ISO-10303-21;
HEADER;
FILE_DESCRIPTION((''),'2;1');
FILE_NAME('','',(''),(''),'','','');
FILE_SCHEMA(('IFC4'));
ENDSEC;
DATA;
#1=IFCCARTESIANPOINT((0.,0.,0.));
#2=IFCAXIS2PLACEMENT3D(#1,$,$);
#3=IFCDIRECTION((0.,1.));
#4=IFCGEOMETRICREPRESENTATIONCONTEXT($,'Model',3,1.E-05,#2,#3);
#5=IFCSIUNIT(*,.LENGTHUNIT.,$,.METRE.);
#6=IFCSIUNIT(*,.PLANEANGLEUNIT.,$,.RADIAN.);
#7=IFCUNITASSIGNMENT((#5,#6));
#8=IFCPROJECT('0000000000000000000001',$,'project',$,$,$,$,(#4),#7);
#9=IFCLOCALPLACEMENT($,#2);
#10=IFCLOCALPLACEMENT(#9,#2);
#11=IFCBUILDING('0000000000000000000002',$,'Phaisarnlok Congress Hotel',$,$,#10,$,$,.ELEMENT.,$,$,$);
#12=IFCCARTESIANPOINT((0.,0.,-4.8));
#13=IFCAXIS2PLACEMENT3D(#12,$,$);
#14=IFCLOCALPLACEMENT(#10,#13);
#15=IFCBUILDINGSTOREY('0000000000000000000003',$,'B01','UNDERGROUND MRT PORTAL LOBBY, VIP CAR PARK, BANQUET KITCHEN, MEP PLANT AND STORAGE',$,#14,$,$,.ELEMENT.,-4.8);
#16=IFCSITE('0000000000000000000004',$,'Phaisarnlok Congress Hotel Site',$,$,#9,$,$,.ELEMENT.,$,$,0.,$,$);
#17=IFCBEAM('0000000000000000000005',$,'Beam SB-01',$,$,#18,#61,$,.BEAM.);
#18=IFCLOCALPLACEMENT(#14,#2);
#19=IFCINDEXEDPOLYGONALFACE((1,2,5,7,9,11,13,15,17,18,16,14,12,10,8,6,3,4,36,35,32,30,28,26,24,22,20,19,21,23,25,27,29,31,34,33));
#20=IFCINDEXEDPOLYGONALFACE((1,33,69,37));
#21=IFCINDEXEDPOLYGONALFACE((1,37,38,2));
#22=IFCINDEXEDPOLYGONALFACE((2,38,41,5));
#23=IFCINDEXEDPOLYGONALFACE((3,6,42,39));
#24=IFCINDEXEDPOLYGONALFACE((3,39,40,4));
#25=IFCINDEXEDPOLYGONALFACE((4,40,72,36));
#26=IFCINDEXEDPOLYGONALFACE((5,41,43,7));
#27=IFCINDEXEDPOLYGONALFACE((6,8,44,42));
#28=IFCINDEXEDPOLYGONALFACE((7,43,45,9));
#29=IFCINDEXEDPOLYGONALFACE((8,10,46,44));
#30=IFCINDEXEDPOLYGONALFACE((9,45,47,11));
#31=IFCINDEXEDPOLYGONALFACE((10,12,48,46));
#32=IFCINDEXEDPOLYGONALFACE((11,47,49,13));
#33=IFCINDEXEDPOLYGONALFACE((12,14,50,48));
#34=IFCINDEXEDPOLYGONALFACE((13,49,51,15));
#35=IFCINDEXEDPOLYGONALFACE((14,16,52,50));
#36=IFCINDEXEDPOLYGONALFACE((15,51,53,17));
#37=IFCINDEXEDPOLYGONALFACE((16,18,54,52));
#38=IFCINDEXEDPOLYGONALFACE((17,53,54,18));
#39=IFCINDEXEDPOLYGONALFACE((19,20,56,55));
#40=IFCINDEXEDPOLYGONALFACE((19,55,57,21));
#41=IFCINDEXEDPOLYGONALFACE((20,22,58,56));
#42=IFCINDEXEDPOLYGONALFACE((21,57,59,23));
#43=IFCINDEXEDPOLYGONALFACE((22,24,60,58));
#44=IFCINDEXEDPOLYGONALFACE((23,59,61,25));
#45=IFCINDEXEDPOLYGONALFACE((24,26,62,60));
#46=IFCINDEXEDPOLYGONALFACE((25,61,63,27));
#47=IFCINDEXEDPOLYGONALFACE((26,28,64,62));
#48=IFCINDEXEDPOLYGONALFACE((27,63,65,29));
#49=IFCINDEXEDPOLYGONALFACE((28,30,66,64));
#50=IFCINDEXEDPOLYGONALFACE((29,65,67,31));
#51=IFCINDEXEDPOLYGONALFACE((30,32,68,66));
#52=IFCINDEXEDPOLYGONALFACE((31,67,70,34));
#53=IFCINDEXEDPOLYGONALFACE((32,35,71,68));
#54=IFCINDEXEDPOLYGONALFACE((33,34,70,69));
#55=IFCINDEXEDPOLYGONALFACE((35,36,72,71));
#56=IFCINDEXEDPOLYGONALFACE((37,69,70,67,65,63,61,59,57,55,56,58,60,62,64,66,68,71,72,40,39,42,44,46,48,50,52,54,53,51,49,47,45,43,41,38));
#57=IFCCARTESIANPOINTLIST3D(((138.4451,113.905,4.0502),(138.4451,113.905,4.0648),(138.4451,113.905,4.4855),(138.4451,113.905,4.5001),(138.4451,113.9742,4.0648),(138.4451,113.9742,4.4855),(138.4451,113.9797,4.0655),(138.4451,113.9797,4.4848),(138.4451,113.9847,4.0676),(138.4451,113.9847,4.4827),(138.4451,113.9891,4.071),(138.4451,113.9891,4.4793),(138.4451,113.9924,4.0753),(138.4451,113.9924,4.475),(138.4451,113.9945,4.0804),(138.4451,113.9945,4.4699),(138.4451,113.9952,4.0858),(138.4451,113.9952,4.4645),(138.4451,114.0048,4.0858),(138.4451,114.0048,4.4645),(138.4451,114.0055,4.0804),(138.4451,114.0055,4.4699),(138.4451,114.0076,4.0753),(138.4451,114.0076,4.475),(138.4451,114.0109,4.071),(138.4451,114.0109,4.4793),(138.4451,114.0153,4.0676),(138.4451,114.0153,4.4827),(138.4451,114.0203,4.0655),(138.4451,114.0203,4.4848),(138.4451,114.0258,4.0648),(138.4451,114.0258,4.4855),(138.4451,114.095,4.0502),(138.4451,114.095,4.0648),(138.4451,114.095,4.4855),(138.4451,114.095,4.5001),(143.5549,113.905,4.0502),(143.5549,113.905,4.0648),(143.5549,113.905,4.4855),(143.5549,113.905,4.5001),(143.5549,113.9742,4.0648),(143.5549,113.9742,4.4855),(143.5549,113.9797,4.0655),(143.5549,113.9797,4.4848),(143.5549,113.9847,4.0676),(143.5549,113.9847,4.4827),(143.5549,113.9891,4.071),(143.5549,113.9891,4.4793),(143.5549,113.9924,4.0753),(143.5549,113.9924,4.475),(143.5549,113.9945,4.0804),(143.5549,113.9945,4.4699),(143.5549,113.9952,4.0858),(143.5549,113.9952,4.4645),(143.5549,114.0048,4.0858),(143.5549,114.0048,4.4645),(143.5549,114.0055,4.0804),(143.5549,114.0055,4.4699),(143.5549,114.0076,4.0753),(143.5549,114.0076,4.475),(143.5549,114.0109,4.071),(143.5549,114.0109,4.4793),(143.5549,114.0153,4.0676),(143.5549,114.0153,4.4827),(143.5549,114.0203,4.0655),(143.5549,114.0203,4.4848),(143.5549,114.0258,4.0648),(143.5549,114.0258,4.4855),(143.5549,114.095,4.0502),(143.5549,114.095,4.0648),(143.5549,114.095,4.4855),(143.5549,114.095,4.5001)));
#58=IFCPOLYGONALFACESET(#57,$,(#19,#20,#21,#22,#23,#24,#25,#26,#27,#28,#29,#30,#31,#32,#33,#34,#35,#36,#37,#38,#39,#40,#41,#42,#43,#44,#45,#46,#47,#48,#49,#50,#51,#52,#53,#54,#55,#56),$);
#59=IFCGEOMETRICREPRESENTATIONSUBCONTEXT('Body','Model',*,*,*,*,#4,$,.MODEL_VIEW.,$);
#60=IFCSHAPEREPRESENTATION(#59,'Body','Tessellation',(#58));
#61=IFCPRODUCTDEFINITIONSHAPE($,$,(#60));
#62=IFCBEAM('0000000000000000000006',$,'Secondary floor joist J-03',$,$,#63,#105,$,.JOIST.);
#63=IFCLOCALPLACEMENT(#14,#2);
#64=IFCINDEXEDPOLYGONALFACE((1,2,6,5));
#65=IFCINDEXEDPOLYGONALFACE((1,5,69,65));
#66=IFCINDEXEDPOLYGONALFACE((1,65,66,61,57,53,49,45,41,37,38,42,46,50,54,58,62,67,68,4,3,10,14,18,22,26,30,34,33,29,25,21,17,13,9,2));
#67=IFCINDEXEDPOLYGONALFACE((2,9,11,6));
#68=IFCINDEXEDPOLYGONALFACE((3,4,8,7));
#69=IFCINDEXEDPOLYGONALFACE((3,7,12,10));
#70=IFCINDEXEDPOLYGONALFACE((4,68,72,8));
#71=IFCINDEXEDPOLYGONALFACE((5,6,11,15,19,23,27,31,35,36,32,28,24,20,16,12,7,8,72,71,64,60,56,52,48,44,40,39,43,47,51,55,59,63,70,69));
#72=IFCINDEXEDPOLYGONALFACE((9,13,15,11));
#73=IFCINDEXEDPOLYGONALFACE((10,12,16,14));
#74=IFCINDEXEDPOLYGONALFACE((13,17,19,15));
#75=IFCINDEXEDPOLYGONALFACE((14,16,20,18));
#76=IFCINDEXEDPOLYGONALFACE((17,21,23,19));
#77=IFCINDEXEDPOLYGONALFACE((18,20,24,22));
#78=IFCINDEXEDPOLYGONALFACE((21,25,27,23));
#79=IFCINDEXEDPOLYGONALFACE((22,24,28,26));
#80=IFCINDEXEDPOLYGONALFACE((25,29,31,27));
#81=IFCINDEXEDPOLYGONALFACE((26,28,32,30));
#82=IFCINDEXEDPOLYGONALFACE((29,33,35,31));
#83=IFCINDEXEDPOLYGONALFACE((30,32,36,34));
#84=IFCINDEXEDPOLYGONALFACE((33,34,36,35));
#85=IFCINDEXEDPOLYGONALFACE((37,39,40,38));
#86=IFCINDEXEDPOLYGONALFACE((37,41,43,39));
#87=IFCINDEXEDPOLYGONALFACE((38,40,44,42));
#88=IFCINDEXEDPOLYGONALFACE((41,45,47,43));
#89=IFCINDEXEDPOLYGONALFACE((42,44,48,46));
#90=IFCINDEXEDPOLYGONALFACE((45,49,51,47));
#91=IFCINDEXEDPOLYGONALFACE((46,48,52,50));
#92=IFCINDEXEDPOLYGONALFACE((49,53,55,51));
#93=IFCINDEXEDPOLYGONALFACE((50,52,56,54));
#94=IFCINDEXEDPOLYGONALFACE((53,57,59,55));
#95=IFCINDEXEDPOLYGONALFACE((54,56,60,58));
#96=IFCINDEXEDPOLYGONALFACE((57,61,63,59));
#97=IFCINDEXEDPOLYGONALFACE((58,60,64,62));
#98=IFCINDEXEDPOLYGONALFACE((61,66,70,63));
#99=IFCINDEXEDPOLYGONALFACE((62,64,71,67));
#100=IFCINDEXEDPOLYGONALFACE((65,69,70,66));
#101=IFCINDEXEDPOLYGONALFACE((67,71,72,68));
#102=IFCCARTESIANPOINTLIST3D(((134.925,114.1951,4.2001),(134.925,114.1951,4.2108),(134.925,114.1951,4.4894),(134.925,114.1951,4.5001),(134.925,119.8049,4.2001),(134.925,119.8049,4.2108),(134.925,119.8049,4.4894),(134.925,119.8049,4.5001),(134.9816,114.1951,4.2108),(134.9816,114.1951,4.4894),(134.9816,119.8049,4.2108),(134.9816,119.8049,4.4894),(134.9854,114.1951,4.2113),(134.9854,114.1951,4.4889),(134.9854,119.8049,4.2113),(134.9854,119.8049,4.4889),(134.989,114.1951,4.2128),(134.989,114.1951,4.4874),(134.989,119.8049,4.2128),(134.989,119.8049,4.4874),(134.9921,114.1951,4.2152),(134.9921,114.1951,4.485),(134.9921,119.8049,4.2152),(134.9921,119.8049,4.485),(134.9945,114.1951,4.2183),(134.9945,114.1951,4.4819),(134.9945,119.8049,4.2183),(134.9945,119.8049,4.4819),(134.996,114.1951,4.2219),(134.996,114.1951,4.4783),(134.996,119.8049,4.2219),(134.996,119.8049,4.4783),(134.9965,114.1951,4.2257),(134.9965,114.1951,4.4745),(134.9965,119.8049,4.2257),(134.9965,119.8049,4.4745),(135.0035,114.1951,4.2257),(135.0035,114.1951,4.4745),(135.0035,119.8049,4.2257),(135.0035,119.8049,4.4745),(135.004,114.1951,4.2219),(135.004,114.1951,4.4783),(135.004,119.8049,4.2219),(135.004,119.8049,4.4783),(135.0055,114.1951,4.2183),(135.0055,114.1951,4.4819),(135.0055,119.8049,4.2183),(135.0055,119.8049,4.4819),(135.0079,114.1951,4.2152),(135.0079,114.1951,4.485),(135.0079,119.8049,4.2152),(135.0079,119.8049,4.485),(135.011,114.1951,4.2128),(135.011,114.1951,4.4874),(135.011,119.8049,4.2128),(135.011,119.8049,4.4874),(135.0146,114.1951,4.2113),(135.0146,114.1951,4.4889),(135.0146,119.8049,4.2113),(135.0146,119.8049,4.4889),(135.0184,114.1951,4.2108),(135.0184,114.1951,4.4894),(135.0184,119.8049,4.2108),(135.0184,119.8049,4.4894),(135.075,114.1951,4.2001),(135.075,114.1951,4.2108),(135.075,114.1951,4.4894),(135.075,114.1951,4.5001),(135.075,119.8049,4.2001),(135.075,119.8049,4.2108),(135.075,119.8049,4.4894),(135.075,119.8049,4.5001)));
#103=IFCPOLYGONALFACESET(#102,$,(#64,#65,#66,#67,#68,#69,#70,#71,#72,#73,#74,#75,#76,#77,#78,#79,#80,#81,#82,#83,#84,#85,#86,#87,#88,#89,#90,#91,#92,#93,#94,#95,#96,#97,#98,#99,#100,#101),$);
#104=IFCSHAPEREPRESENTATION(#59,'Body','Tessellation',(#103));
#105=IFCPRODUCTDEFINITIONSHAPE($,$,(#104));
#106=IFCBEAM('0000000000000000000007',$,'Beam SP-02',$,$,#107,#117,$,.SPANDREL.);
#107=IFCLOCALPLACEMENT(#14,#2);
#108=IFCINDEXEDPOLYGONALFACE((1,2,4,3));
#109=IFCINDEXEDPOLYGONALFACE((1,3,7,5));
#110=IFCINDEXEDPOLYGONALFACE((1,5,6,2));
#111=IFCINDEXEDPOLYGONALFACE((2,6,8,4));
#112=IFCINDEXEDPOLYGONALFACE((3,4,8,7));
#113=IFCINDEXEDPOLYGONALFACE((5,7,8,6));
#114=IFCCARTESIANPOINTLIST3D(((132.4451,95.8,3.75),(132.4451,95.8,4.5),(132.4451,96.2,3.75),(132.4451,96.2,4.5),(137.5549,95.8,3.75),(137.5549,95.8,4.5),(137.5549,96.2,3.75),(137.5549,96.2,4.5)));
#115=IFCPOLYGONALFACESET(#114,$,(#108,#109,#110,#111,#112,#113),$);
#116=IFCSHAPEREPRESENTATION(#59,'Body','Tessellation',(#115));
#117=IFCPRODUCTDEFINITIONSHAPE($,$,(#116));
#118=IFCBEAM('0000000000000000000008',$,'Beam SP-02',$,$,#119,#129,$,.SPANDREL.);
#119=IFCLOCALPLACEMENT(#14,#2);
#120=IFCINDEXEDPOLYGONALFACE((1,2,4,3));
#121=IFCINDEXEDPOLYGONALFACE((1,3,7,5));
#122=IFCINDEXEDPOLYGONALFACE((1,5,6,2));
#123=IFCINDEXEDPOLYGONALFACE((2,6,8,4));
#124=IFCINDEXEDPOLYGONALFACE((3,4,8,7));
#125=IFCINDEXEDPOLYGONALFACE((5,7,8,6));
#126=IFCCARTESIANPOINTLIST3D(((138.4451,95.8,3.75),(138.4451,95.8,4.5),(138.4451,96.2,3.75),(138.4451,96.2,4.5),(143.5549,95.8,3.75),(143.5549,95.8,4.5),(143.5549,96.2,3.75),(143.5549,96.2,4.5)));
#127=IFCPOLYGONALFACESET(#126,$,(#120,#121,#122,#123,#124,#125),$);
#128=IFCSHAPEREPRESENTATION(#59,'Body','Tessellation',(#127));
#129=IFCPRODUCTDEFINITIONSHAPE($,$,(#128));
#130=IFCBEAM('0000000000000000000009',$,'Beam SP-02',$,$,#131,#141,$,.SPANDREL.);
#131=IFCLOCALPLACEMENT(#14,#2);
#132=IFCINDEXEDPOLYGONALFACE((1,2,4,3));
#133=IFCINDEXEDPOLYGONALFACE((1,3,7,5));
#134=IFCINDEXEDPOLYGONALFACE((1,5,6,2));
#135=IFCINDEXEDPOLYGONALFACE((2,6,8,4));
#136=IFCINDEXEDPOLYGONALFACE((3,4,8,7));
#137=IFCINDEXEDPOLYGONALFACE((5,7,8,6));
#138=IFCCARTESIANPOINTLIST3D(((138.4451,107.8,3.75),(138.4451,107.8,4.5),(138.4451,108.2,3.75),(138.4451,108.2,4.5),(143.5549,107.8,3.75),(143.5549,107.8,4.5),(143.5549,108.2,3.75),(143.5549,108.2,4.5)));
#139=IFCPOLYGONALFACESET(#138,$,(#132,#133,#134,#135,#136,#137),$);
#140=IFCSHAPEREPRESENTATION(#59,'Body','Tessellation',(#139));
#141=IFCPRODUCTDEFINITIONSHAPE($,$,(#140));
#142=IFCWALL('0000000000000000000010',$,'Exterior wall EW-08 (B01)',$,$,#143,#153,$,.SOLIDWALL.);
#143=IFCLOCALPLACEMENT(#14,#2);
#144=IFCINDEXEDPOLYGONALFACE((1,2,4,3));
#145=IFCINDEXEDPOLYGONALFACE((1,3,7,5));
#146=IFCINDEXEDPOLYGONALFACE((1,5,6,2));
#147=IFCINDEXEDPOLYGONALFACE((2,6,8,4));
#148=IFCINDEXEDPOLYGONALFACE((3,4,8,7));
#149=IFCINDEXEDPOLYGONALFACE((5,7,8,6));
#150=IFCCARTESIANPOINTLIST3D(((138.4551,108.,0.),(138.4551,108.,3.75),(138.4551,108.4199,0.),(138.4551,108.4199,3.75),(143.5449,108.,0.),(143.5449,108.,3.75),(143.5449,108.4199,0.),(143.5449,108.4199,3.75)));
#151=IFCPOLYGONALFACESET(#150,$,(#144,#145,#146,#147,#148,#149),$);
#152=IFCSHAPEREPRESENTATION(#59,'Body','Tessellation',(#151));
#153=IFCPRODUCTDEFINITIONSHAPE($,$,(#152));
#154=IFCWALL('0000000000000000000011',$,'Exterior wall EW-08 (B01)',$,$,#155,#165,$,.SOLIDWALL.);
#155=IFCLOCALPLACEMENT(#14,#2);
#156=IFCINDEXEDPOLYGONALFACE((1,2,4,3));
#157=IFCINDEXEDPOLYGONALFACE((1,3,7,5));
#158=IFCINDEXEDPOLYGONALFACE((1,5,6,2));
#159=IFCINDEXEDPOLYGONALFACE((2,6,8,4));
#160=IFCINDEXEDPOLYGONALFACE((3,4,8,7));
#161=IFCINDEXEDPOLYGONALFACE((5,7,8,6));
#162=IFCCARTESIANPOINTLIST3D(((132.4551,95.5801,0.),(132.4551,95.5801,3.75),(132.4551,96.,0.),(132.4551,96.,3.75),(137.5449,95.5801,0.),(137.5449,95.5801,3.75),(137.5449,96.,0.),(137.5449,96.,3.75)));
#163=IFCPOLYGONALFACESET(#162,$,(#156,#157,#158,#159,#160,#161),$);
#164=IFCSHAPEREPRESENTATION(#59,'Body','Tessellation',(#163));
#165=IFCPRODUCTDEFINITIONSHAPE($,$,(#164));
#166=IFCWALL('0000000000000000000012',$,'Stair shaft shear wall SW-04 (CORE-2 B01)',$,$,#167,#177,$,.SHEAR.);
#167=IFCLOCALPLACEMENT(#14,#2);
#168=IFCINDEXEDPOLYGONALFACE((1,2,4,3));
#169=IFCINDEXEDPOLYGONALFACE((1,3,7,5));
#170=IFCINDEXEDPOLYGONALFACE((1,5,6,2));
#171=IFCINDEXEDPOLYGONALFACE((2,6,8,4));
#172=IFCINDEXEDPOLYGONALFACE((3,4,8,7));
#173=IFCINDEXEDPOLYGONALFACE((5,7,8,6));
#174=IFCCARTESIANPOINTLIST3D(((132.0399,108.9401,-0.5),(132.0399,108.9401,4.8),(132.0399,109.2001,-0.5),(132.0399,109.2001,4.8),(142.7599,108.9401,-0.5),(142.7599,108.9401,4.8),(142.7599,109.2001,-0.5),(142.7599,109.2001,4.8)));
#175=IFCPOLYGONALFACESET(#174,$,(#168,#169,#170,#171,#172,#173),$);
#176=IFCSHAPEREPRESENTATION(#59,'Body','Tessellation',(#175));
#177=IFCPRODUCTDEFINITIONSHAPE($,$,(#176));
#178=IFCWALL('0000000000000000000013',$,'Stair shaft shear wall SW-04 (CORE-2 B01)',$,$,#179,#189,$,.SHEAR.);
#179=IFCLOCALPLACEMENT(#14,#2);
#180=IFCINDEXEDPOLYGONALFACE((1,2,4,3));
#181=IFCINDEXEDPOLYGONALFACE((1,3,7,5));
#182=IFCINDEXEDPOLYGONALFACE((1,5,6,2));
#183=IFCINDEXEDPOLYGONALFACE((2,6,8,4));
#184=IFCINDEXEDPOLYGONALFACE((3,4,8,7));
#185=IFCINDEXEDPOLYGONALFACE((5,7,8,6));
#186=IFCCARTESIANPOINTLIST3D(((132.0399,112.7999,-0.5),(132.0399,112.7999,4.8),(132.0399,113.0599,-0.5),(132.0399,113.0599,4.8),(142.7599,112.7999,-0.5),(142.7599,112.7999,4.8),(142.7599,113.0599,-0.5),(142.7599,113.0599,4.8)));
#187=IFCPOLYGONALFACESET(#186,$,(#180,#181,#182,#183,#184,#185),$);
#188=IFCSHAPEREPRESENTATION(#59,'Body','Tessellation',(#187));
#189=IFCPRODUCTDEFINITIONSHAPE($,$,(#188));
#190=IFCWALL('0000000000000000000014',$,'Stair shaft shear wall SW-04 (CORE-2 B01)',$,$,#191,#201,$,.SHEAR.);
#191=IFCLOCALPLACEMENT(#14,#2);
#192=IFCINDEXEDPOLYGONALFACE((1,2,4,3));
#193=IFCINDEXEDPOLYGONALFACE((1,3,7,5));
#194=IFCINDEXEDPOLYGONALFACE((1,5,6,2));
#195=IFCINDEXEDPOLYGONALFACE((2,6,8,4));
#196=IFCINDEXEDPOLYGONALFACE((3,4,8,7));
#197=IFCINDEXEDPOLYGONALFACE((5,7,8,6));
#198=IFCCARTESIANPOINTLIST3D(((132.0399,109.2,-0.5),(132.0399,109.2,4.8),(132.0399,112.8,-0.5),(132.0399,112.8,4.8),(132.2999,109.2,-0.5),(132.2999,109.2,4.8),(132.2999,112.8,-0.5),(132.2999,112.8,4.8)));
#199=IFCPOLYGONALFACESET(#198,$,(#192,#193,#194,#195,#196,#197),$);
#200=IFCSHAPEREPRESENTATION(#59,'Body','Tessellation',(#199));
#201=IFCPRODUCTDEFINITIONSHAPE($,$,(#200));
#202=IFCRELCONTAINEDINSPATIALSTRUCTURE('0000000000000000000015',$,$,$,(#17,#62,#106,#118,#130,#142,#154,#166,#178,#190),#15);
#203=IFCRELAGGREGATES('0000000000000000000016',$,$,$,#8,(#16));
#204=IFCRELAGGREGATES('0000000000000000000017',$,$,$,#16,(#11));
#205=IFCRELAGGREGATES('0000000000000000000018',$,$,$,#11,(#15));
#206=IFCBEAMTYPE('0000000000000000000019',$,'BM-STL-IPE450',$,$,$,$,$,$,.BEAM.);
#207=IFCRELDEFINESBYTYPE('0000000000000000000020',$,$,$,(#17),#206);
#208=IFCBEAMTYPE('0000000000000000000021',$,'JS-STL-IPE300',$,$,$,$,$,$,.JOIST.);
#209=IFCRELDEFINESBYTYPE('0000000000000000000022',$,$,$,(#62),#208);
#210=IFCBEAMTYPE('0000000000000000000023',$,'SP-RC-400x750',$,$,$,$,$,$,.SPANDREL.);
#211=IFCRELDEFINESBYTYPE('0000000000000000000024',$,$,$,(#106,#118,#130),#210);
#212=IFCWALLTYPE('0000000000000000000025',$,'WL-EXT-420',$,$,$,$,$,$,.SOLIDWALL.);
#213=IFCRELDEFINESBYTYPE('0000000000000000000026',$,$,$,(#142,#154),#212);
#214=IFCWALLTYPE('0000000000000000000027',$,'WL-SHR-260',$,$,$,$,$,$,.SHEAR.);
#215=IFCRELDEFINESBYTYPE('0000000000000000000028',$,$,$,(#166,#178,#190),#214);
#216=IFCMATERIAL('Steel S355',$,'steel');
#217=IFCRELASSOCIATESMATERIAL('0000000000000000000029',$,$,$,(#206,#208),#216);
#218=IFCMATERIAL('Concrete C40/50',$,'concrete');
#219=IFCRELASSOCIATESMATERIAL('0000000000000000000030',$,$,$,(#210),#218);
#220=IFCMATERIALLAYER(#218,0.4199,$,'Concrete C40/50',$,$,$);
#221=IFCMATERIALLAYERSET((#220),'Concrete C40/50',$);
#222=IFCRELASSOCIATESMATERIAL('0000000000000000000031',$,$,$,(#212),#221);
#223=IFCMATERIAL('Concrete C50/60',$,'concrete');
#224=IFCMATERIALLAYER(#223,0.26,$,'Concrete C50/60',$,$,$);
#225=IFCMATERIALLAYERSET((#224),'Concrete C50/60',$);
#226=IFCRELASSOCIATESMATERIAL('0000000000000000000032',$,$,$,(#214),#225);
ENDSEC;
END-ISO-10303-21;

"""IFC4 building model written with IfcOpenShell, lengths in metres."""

from ifc_helpers import new_model, si_unit, direction, frame, frame_2d, origin, origin_2d, place, context, subcontext, project, spatial, rectangle, i_section, extrude, material, layer, layer_set, material_profile, profile_set, type_object, element, save


model = new_model("IFC4")

# Units and contexts
model_context = context("Model", 3, precision=1e-05, world=origin(), true_north=direction((0.0, 1.0)))
body_context = subcontext(model_context, "Body", "Model", "MODEL_VIEW")
ifc_project = project(units=[si_unit("LENGTHUNIT", "METRE"), si_unit("PLANEANGLEUNIT", "RADIAN")], contexts=[model_context])

# Site, building, storey
site_placement = place(None, origin())
site = spatial("IfcSite", under=ifc_project, at=site_placement, Name="Phaisarnlok Congress Hotel Site", CompositionType="ELEMENT", RefElevation=0.0)
building_placement = place(site_placement, origin())
building = spatial("IfcBuilding", under=site, at=building_placement, Name="Phaisarnlok Congress Hotel", CompositionType="ELEMENT")
storey_placement = place(building_placement, frame((0.0, 0.0, -4.8)))
storey = spatial("IfcBuildingStorey", under=building, at=storey_placement, Name="B01", Description="UNDERGROUND MRT PORTAL LOBBY, VIP CAR PARK, BANQUET KITCHEN, MEP PLANT AND STORAGE", CompositionType="ELEMENT", Elevation=-4.8)

# Shared definitions
ifc_material_1 = material(Name="Concrete C40/50", Category="concrete")

# Shared definitions
ifc_material_2 = material(Name="Concrete C50/60", Category="concrete")

# Beams
ifc_material_3 = material(Name="Steel S355", Category="steel")
ifc_material_profile_1 = material_profile(ifc_material_3, i_section(OverallWidth=0.1899, OverallDepth=0.45, WebThickness=0.0095, FlangeThickness=0.0146, FilletRadius=0.021, at=origin_2d()), Name="IPE 450")
ifc_profile_set_1 = profile_set([ifc_material_profile_1], Name="Steel S355")
beam_type_1 = type_object("IfcBeamType", Name="BM-STL-IPE450", PredefinedType="BEAM", material=ifc_profile_set_1)
beam_1_placement = place(storey_placement, frame((138.4451, 114.0, 4.2751), z_axis=(1.0, 0.0, 0.0), x_axis=(0.0, 1.0, 0.0)))
element("IfcBeam", 1, at=beam_1_placement, inside=storey, type_object=beam_type_1, Name="Beam SB-01", PredefinedType="BEAM", context=body_context, shape_type="SweptSolid", body=[
    extrude(i_section(OverallWidth=0.1899, OverallDepth=0.45, WebThickness=0.0095, FlangeThickness=0.0146, FilletRadius=0.021, at=origin_2d()), origin(), (0.0, 0.0, 1.0), 5.1099),
])
ifc_material_profile_2 = material_profile(ifc_material_3, i_section(OverallWidth=0.1499, OverallDepth=0.3, WebThickness=0.0071, FlangeThickness=0.0107, FilletRadius=0.0149, at=origin_2d()), Name="IPE 300")
ifc_profile_set_2 = profile_set([ifc_material_profile_2], Name="Steel S355")
beam_type_2 = type_object("IfcBeamType", Name="JS-STL-IPE300", PredefinedType="JOIST", material=ifc_profile_set_2)
beam_2_placement = place(storey_placement, frame((135.0, 114.1951, 4.3501), z_axis=(0.0, 1.0, 0.0), x_axis=(-1.0, 0.0, 0.0)))
element("IfcBeam", 2, at=beam_2_placement, inside=storey, type_object=beam_type_2, Name="Secondary floor joist J-03", PredefinedType="JOIST", context=body_context, shape_type="SweptSolid", body=[
    extrude(i_section(OverallWidth=0.1499, OverallDepth=0.3, WebThickness=0.0071, FlangeThickness=0.0107, FilletRadius=0.0149, at=origin_2d()), origin(), (0.0, 0.0, 1.0), 5.6099),
])
ifc_material_profile_3 = material_profile(ifc_material_1, rectangle(XDim=0.3999, YDim=0.75, at=origin_2d()), Name="RC 400x750")
ifc_profile_set_3 = profile_set([ifc_material_profile_3], Name="Concrete C40/50")
beam_type_3 = type_object("IfcBeamType", Name="SP-RC-400x750", PredefinedType="SPANDREL", material=ifc_profile_set_3)
for number, where, z_axis, x_axis, name in (
    (3, (132.4451, 96.0, 4.125), (1.0, 0.0, 0.0), (0.0, 1.0, 0.0), "Beam SP-02"),
    (4, (138.4451, 96.0, 4.125), (1.0, 0.0, 0.0), (0.0, 1.0, 0.0), "Beam SP-02"),
    (5, (138.4451, 108.0, 4.125), (1.0, 0.0, 0.0), (0.0, 1.0, 0.0), "Beam SP-02"),
):
    element("IfcBeam", number, at=place(storey_placement, frame(where, z_axis=z_axis, x_axis=x_axis)), inside=storey, type_object=beam_type_3, Name=name, PredefinedType="SPANDREL", context=body_context, shape_type="SweptSolid", body=[
        extrude(rectangle(XDim=0.3999, YDim=0.75, at=origin_2d()), origin(), (0.0, 0.0, 1.0), 5.1099),
    ])

# Walls
ifc_layer_1 = layer(ifc_material_1, 0.4199, Name="Concrete C40/50")
ifc_layer_set_1 = layer_set([ifc_layer_1], Name="Concrete C40/50")
wall_type_1 = type_object("IfcWallType", Name="WL-EXT-420", PredefinedType="SOLIDWALL", material=ifc_layer_set_1)
for number, where, z_axis, x_axis, name in (
    (6, (138.4551, 108.21, 0.0), (0.0, 0.0, 1.0), (1.0, 0.0, 0.0), "Exterior wall EW-08 (B01)"),
    (7, (137.5449, 95.79, 0.0), (0.0, 0.0, 1.0), (-1.0, 0.0, 0.0), "Exterior wall EW-08 (B01)"),
):
    element("IfcWall", number, at=place(storey_placement, frame(where, z_axis=z_axis, x_axis=x_axis)), inside=storey, type_object=wall_type_1, Name=name, PredefinedType="SOLIDWALL", context=body_context, shape_type="SweptSolid", body=[
        extrude(rectangle(XDim=5.0898, YDim=0.4199, at=frame_2d((2.5449, 0.0))), origin(), (0.0, 0.0, 1.0), 3.75),
    ])
ifc_layer_2 = layer(ifc_material_2, 0.26, Name="Concrete C50/60")
ifc_layer_set_2 = layer_set([ifc_layer_2], Name="Concrete C50/60")
wall_type_2 = type_object("IfcWallType", Name="WL-SHR-260", PredefinedType="SHEAR", material=ifc_layer_set_2)
for number, where, z_axis, x_axis, name in (
    (8, (132.04, 109.0701, -0.5), (0.0, 0.0, 1.0), (1.0, 0.0, 0.0), "Stair shaft shear wall SW-04 (CORE-2 B01)"),
    (9, (132.04, 112.9299, -0.5), (0.0, 0.0, 1.0), (1.0, 0.0, 0.0), "Stair shaft shear wall SW-04 (CORE-2 B01)"),
):
    element("IfcWall", number, at=place(storey_placement, frame(where, z_axis=z_axis, x_axis=x_axis)), inside=storey, type_object=wall_type_2, Name=name, PredefinedType="SHEAR", context=body_context, shape_type="SweptSolid", body=[
        extrude(rectangle(XDim=10.72, YDim=0.26, at=frame_2d((5.3599, 0.0))), origin(), (0.0, 0.0, 1.0), 5.3),
    ])
wall_1_placement = place(storey_placement, frame((132.1699, 109.2, -0.5), z_axis=(0.0, 0.0, 1.0), x_axis=(0.0, 1.0, 0.0)))
element("IfcWall", 10, at=wall_1_placement, inside=storey, type_object=wall_type_2, Name="Stair shaft shear wall SW-04 (CORE-2 B01)", PredefinedType="SHEAR", context=body_context, shape_type="SweptSolid", body=[
    extrude(rectangle(XDim=3.6001, YDim=0.26, at=frame_2d((1.8, 0.0))), origin(), (0.0, 0.0, 1.0), 5.3),
])

save(model, "model.ifc")
